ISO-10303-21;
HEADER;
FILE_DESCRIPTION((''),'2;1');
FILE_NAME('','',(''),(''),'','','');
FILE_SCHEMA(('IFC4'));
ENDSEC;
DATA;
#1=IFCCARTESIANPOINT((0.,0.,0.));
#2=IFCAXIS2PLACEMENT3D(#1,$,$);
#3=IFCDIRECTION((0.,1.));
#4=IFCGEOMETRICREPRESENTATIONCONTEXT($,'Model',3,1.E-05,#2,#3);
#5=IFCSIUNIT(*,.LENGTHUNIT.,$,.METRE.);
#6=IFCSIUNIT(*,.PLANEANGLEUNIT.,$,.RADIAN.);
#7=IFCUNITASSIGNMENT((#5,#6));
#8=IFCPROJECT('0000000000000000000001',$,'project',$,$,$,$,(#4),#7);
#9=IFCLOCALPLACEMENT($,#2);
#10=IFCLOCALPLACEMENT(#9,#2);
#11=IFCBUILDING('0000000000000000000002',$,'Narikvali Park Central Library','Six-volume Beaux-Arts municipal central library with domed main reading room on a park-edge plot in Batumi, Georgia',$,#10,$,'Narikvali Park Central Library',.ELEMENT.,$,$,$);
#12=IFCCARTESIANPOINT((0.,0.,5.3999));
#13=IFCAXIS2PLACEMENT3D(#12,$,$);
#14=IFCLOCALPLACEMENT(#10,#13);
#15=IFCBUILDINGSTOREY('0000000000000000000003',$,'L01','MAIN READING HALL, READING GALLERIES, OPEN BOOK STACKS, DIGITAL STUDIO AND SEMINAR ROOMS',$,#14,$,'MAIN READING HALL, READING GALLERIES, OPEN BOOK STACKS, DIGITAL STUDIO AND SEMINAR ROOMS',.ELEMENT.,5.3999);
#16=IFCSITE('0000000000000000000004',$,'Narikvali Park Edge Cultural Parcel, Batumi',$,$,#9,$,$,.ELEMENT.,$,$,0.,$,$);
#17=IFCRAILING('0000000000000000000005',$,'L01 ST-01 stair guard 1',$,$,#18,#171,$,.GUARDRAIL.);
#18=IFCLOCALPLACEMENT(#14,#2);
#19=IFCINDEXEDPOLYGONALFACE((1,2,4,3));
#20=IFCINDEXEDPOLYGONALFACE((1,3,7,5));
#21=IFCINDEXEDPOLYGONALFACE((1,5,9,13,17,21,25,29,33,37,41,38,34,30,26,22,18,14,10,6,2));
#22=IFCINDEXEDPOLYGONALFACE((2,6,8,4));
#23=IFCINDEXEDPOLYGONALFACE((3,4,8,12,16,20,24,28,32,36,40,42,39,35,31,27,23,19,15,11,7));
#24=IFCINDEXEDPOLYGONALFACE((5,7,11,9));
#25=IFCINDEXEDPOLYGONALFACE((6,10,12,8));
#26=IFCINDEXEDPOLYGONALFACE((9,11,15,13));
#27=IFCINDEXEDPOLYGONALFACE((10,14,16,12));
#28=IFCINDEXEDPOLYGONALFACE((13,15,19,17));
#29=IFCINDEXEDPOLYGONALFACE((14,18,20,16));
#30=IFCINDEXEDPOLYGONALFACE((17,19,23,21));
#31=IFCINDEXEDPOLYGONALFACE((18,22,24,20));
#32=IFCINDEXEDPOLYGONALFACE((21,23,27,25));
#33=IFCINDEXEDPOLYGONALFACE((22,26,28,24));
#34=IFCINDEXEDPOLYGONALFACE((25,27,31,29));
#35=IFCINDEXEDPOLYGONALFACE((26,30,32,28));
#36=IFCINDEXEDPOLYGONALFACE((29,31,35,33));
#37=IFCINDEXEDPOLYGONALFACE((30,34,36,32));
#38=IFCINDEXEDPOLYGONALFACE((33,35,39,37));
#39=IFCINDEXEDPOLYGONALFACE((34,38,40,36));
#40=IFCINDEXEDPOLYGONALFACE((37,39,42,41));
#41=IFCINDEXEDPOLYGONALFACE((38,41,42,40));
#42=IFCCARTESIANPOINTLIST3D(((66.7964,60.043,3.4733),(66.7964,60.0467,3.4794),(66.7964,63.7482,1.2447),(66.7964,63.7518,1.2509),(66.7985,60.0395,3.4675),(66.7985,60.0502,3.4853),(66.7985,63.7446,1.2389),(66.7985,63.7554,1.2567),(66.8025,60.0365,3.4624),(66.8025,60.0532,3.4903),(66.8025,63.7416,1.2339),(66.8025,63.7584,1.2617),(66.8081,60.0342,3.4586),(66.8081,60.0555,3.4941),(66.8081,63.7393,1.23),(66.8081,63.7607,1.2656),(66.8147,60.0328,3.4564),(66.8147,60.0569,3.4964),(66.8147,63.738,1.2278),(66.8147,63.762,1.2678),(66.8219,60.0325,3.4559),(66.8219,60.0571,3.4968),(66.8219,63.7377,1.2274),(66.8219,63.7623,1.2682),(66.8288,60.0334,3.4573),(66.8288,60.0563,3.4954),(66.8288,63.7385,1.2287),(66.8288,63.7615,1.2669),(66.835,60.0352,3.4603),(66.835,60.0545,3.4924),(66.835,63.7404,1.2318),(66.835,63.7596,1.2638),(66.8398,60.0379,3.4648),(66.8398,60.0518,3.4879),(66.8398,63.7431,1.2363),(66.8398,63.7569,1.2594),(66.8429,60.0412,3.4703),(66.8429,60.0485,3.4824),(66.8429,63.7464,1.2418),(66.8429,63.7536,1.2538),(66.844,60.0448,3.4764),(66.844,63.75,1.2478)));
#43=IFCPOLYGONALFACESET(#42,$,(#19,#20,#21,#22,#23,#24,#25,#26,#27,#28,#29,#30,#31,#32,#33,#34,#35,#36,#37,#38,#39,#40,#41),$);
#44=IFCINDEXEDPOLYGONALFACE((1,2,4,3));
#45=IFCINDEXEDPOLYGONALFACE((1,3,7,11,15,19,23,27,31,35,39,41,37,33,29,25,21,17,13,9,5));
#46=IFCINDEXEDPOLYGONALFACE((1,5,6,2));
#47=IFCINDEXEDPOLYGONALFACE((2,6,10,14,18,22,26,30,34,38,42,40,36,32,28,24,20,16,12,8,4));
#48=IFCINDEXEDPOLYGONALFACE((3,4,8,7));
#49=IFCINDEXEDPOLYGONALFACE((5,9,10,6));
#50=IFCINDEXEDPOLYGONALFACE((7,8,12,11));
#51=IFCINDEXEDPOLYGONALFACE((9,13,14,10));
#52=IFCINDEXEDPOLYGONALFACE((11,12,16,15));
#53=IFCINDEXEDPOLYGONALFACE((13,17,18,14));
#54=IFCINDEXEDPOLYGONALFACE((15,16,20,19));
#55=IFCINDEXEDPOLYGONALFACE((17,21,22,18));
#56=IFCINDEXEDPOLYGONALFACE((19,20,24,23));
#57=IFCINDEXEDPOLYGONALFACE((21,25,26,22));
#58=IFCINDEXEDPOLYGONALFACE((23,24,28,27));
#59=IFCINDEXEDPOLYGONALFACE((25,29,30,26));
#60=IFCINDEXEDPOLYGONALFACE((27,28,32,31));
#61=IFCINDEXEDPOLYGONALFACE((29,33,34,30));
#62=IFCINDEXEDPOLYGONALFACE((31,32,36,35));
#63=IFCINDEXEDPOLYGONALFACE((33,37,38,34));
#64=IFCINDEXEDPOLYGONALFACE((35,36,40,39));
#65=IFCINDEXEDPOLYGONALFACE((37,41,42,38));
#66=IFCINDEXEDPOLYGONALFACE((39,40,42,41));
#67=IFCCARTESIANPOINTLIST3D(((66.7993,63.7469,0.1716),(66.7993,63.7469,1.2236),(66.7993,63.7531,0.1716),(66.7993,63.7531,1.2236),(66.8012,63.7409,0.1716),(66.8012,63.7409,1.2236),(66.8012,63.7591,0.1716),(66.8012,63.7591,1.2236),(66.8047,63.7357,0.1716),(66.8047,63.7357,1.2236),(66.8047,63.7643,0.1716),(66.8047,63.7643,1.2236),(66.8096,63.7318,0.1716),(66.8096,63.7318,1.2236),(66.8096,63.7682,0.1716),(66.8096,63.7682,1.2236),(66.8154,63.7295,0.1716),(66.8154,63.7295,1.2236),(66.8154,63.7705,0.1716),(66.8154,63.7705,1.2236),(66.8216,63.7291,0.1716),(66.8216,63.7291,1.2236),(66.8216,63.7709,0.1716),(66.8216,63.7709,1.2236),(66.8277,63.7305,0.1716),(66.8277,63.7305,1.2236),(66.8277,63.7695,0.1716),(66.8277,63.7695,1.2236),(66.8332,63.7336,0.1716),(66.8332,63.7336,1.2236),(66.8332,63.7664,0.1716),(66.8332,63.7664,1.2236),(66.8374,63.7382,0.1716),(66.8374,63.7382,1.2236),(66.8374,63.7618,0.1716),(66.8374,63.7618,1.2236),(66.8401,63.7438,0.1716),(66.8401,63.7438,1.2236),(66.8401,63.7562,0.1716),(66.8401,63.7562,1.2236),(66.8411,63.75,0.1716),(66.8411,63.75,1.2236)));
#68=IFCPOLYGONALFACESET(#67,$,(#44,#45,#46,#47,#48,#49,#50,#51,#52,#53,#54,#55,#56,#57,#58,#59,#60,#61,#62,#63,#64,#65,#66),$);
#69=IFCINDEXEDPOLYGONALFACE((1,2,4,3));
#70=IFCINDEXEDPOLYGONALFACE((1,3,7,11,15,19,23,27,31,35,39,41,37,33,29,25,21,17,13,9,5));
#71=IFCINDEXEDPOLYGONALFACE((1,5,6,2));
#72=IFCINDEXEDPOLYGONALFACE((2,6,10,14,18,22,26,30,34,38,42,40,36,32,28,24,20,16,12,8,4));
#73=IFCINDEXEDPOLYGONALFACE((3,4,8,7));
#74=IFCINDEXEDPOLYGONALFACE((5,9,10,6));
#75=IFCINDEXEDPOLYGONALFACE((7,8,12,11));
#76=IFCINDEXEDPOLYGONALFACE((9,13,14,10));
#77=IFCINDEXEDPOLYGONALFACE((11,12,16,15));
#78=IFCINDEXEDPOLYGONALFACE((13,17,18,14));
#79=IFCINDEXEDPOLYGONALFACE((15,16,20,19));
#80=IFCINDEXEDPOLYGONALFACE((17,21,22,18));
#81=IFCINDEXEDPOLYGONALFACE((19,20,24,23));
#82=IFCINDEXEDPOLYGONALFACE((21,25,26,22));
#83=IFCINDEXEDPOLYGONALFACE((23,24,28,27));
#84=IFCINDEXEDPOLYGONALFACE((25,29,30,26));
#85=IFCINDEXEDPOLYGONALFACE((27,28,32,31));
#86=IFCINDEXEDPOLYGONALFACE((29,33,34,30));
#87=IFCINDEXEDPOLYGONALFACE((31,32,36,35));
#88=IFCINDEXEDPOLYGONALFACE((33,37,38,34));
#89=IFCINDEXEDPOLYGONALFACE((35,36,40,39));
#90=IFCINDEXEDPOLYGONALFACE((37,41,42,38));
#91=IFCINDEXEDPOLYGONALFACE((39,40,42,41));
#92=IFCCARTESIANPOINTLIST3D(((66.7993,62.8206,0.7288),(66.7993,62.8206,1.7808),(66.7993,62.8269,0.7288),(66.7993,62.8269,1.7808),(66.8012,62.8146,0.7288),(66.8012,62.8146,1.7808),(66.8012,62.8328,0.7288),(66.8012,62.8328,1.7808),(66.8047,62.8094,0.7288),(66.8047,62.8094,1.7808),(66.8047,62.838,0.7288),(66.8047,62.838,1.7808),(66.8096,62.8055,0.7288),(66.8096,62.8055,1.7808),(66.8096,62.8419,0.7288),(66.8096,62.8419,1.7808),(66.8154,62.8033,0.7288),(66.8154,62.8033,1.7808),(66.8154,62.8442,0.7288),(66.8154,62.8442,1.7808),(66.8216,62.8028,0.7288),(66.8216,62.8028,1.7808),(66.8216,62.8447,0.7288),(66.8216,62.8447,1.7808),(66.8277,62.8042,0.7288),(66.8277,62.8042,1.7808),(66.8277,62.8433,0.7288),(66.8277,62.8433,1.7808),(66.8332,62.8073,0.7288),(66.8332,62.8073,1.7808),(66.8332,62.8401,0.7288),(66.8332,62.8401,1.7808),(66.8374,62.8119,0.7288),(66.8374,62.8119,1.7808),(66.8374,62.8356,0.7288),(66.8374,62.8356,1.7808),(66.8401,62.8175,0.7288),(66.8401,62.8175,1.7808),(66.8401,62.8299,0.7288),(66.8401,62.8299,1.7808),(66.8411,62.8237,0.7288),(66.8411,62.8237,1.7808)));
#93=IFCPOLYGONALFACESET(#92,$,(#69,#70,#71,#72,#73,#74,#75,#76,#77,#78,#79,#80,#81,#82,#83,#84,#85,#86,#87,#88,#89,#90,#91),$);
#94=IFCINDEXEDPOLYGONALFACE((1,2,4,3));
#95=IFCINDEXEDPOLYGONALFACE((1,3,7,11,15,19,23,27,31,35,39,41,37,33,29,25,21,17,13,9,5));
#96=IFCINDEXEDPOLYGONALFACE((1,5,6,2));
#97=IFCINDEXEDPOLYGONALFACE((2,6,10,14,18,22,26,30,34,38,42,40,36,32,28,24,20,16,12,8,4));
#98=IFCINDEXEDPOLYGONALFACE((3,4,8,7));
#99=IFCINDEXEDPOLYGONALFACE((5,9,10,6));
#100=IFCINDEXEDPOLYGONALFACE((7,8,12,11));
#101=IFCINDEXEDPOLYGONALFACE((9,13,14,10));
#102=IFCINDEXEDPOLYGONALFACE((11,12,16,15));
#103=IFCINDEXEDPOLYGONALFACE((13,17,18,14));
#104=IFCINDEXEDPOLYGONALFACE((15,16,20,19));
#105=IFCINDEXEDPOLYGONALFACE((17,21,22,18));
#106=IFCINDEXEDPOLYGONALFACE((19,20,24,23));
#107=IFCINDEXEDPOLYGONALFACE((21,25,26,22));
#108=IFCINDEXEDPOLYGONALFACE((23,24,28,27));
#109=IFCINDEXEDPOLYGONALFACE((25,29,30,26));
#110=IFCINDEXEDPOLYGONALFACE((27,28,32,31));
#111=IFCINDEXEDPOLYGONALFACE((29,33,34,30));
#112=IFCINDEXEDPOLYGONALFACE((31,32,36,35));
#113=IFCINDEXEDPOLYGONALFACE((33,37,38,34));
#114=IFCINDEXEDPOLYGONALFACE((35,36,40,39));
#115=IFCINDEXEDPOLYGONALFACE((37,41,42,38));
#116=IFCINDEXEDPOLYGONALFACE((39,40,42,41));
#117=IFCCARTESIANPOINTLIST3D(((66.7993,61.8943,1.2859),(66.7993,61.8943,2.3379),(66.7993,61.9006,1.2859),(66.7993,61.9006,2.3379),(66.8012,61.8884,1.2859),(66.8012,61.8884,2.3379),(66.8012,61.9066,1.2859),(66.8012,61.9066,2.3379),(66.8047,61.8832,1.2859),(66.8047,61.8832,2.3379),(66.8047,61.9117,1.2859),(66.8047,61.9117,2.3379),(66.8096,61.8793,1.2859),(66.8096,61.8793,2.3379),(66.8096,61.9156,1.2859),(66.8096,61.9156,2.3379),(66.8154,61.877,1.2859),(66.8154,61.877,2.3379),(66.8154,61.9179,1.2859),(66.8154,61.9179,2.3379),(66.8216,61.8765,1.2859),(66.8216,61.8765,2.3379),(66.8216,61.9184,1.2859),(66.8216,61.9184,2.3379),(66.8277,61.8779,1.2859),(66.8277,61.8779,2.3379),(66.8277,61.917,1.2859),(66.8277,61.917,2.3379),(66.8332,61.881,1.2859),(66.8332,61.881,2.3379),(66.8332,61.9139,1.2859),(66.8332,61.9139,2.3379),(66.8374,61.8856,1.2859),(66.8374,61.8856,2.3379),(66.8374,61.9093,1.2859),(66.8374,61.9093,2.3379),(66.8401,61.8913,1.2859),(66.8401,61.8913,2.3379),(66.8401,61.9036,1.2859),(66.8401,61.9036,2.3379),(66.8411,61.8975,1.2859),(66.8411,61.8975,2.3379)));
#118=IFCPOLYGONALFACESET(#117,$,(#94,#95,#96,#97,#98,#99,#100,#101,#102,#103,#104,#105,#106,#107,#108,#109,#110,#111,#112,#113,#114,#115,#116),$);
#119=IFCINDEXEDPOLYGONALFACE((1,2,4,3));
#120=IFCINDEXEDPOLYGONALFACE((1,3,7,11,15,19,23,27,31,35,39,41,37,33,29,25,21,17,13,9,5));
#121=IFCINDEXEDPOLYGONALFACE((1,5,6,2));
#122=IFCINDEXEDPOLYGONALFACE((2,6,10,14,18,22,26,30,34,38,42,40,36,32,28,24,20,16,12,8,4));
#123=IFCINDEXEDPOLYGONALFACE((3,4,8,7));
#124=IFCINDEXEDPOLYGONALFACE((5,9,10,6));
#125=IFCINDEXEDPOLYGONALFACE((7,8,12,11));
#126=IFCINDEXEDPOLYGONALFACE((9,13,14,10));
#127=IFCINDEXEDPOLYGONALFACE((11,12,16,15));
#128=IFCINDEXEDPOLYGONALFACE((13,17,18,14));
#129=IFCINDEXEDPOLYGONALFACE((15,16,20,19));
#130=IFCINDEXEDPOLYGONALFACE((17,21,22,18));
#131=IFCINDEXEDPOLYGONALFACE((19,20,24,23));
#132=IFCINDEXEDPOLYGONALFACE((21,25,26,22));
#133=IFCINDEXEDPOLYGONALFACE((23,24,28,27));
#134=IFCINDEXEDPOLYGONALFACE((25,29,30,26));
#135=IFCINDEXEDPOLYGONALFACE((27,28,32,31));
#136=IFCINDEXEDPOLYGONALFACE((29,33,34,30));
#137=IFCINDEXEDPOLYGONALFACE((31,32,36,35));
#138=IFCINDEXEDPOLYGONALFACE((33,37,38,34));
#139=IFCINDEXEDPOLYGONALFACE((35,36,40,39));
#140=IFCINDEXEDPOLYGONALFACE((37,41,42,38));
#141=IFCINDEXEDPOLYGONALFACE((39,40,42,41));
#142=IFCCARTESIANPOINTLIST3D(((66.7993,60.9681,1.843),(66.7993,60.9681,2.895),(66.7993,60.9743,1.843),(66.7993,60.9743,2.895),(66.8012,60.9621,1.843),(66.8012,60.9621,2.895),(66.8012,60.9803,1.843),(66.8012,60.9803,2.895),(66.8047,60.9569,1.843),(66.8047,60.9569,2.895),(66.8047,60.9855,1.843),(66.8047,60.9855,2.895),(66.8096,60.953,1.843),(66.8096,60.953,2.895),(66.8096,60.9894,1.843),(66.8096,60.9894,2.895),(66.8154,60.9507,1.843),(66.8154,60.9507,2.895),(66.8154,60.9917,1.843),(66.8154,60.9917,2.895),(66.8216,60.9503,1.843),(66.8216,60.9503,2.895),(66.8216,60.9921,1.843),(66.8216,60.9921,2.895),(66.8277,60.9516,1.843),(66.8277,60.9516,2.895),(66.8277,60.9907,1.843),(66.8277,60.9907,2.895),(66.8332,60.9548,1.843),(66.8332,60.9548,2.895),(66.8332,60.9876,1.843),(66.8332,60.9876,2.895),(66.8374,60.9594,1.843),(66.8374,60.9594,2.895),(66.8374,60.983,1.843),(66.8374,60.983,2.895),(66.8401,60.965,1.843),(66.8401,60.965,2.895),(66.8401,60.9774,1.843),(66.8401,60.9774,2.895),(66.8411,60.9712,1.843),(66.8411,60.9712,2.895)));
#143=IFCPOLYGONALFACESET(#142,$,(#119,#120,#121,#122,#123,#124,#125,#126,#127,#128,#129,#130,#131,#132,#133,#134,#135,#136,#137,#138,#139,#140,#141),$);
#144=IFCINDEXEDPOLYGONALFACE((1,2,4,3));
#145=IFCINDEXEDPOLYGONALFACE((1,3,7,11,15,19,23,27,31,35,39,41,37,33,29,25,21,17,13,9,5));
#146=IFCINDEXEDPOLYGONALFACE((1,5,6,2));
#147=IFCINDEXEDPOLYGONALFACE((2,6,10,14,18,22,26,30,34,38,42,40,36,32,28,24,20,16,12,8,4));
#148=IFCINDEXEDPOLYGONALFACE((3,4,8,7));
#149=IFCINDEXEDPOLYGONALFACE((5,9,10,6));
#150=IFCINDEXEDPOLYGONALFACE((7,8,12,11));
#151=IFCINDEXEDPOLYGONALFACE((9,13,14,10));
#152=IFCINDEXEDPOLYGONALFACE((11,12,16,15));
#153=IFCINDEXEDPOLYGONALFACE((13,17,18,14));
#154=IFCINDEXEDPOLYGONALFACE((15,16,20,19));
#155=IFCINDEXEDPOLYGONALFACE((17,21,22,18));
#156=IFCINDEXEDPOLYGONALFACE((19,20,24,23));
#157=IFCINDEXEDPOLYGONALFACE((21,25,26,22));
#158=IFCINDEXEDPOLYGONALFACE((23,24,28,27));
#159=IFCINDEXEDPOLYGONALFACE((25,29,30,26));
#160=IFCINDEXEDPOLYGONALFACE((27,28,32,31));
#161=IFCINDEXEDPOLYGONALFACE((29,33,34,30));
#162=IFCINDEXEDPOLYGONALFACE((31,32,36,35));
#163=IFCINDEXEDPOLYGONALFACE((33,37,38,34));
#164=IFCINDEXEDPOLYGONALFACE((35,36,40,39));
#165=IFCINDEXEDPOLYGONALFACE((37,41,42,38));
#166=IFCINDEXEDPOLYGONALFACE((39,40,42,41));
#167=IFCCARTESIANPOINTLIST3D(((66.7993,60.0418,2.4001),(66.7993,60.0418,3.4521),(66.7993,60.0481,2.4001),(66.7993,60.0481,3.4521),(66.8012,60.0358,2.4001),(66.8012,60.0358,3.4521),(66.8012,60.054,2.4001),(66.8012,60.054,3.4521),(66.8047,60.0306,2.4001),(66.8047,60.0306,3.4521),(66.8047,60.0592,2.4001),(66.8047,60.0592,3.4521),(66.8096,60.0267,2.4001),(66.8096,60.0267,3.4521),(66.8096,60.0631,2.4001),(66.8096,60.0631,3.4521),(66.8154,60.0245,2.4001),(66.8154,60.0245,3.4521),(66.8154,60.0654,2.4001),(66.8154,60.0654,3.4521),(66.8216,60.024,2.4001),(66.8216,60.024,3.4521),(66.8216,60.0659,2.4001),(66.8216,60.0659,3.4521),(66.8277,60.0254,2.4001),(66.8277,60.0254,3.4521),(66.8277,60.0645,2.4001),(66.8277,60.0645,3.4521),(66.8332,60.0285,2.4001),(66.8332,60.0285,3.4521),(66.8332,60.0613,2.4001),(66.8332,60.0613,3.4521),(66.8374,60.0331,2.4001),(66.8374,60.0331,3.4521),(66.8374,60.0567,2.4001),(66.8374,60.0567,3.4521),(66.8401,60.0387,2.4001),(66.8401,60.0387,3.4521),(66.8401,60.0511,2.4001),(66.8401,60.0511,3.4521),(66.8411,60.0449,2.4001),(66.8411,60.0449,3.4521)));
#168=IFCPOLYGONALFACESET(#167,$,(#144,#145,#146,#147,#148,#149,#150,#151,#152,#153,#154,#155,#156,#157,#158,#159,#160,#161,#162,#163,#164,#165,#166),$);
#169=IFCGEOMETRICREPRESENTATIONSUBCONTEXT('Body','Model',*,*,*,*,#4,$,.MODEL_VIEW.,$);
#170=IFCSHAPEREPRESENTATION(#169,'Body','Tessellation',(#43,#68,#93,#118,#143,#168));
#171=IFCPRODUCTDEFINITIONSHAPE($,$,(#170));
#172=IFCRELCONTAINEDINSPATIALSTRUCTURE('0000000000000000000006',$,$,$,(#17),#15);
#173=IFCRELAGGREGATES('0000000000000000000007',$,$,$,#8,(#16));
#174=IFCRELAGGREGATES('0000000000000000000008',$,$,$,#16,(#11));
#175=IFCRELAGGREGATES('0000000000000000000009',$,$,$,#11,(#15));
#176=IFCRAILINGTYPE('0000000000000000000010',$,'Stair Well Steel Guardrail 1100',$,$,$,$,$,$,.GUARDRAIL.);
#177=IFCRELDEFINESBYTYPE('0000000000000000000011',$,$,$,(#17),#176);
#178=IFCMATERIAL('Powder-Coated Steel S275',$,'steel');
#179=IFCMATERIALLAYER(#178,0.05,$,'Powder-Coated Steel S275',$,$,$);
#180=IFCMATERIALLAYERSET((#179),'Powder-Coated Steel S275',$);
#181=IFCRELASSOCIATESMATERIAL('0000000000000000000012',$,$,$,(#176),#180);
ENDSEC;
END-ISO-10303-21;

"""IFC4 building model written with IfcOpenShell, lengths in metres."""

from ifc_helpers import new_model, si_unit, direction, frame, origin, origin_2d, place, context, subcontext, project, spatial, circle, extrude, material, layer, layer_set, type_object, element, save


model = new_model("IFC4")

# Units and contexts
model_context = context("Model", 3, precision=1e-05, world=origin(), true_north=direction((0.0, 1.0)))
body_context = subcontext(model_context, "Body", "Model", "MODEL_VIEW")
ifc_project = project(units=[si_unit("LENGTHUNIT", "METRE"), si_unit("PLANEANGLEUNIT", "RADIAN")], contexts=[model_context])

# Site, building, storey
site_placement = place(None, origin())
site = spatial("IfcSite", under=ifc_project, at=site_placement, Name="Narikvali Park Edge Cultural Parcel, Batumi", CompositionType="ELEMENT", RefElevation=0.0)
building_placement = place(site_placement, origin())
building = spatial("IfcBuilding", under=site, at=building_placement, Name="Narikvali Park Central Library", Description="Six-volume Beaux-Arts municipal central library with domed main reading room on a park-edge plot in Batumi, Georgia", LongName="Narikvali Park Central Library", CompositionType="ELEMENT")
storey_placement = place(building_placement, frame((0.0, 0.0, 5.3999)))
storey = spatial("IfcBuildingStorey", under=building, at=storey_placement, Name="L01", Description="MAIN READING HALL, READING GALLERIES, OPEN BOOK STACKS, DIGITAL STUDIO AND SEMINAR ROOMS", LongName="MAIN READING HALL, READING GALLERIES, OPEN BOOK STACKS, DIGITAL STUDIO AND SEMINAR ROOMS", CompositionType="ELEMENT", Elevation=5.3999)

# Railing
ifc_material_1 = material(Name="Powder-Coated Steel S275", Category="steel")
ifc_layer_1 = layer(ifc_material_1, 0.05, Name="Powder-Coated Steel S275")
ifc_layer_set_1 = layer_set([ifc_layer_1], Name="Powder-Coated Steel S275")
railing_type_1 = type_object("IfcRailingType", Name="Stair Well Steel Guardrail 1100", PredefinedType="GUARDRAIL", material=ifc_layer_set_1)
railing_1_placement = place(storey_placement, frame((66.8201, 63.75, 0.1716)))
element("IfcRailing", 1, at=railing_1_placement, inside=storey, type_object=railing_type_1, Name="L01 ST-01 stair guard 1", PredefinedType="GUARDRAIL", context=body_context, shape_type="SweptSolid", body=[
    extrude(circle(Radius=0.0239, at=origin_2d()), frame((0.0, 0.0, 1.0762), z_axis=(0.0, -0.856934, 0.515425), x_axis=(1.0, 0.0, 0.0)), (0.0, 0.0, 1.0), 4.3237),
    extrude(circle(Radius=0.021, at=origin_2d()), origin(), (0.0, 0.0, 1.0), 1.052),
    extrude(circle(Radius=0.021, at=origin_2d()), frame((0.0, -0.9263, 0.5571)), (0.0, 0.0, 1.0), 1.052),
    extrude(circle(Radius=0.021, at=origin_2d()), frame((0.0, -1.8525, 1.1143)), (0.0, 0.0, 1.0), 1.052),
    extrude(circle(Radius=0.021, at=origin_2d()), frame((0.0, -2.7788, 1.6714)), (0.0, 0.0, 1.0), 1.052),
    extrude(circle(Radius=0.021, at=origin_2d()), frame((0.0, -3.7051, 2.2285)), (0.0, 0.0, 1.0), 1.052),
])

save(model, "model.ifc")
